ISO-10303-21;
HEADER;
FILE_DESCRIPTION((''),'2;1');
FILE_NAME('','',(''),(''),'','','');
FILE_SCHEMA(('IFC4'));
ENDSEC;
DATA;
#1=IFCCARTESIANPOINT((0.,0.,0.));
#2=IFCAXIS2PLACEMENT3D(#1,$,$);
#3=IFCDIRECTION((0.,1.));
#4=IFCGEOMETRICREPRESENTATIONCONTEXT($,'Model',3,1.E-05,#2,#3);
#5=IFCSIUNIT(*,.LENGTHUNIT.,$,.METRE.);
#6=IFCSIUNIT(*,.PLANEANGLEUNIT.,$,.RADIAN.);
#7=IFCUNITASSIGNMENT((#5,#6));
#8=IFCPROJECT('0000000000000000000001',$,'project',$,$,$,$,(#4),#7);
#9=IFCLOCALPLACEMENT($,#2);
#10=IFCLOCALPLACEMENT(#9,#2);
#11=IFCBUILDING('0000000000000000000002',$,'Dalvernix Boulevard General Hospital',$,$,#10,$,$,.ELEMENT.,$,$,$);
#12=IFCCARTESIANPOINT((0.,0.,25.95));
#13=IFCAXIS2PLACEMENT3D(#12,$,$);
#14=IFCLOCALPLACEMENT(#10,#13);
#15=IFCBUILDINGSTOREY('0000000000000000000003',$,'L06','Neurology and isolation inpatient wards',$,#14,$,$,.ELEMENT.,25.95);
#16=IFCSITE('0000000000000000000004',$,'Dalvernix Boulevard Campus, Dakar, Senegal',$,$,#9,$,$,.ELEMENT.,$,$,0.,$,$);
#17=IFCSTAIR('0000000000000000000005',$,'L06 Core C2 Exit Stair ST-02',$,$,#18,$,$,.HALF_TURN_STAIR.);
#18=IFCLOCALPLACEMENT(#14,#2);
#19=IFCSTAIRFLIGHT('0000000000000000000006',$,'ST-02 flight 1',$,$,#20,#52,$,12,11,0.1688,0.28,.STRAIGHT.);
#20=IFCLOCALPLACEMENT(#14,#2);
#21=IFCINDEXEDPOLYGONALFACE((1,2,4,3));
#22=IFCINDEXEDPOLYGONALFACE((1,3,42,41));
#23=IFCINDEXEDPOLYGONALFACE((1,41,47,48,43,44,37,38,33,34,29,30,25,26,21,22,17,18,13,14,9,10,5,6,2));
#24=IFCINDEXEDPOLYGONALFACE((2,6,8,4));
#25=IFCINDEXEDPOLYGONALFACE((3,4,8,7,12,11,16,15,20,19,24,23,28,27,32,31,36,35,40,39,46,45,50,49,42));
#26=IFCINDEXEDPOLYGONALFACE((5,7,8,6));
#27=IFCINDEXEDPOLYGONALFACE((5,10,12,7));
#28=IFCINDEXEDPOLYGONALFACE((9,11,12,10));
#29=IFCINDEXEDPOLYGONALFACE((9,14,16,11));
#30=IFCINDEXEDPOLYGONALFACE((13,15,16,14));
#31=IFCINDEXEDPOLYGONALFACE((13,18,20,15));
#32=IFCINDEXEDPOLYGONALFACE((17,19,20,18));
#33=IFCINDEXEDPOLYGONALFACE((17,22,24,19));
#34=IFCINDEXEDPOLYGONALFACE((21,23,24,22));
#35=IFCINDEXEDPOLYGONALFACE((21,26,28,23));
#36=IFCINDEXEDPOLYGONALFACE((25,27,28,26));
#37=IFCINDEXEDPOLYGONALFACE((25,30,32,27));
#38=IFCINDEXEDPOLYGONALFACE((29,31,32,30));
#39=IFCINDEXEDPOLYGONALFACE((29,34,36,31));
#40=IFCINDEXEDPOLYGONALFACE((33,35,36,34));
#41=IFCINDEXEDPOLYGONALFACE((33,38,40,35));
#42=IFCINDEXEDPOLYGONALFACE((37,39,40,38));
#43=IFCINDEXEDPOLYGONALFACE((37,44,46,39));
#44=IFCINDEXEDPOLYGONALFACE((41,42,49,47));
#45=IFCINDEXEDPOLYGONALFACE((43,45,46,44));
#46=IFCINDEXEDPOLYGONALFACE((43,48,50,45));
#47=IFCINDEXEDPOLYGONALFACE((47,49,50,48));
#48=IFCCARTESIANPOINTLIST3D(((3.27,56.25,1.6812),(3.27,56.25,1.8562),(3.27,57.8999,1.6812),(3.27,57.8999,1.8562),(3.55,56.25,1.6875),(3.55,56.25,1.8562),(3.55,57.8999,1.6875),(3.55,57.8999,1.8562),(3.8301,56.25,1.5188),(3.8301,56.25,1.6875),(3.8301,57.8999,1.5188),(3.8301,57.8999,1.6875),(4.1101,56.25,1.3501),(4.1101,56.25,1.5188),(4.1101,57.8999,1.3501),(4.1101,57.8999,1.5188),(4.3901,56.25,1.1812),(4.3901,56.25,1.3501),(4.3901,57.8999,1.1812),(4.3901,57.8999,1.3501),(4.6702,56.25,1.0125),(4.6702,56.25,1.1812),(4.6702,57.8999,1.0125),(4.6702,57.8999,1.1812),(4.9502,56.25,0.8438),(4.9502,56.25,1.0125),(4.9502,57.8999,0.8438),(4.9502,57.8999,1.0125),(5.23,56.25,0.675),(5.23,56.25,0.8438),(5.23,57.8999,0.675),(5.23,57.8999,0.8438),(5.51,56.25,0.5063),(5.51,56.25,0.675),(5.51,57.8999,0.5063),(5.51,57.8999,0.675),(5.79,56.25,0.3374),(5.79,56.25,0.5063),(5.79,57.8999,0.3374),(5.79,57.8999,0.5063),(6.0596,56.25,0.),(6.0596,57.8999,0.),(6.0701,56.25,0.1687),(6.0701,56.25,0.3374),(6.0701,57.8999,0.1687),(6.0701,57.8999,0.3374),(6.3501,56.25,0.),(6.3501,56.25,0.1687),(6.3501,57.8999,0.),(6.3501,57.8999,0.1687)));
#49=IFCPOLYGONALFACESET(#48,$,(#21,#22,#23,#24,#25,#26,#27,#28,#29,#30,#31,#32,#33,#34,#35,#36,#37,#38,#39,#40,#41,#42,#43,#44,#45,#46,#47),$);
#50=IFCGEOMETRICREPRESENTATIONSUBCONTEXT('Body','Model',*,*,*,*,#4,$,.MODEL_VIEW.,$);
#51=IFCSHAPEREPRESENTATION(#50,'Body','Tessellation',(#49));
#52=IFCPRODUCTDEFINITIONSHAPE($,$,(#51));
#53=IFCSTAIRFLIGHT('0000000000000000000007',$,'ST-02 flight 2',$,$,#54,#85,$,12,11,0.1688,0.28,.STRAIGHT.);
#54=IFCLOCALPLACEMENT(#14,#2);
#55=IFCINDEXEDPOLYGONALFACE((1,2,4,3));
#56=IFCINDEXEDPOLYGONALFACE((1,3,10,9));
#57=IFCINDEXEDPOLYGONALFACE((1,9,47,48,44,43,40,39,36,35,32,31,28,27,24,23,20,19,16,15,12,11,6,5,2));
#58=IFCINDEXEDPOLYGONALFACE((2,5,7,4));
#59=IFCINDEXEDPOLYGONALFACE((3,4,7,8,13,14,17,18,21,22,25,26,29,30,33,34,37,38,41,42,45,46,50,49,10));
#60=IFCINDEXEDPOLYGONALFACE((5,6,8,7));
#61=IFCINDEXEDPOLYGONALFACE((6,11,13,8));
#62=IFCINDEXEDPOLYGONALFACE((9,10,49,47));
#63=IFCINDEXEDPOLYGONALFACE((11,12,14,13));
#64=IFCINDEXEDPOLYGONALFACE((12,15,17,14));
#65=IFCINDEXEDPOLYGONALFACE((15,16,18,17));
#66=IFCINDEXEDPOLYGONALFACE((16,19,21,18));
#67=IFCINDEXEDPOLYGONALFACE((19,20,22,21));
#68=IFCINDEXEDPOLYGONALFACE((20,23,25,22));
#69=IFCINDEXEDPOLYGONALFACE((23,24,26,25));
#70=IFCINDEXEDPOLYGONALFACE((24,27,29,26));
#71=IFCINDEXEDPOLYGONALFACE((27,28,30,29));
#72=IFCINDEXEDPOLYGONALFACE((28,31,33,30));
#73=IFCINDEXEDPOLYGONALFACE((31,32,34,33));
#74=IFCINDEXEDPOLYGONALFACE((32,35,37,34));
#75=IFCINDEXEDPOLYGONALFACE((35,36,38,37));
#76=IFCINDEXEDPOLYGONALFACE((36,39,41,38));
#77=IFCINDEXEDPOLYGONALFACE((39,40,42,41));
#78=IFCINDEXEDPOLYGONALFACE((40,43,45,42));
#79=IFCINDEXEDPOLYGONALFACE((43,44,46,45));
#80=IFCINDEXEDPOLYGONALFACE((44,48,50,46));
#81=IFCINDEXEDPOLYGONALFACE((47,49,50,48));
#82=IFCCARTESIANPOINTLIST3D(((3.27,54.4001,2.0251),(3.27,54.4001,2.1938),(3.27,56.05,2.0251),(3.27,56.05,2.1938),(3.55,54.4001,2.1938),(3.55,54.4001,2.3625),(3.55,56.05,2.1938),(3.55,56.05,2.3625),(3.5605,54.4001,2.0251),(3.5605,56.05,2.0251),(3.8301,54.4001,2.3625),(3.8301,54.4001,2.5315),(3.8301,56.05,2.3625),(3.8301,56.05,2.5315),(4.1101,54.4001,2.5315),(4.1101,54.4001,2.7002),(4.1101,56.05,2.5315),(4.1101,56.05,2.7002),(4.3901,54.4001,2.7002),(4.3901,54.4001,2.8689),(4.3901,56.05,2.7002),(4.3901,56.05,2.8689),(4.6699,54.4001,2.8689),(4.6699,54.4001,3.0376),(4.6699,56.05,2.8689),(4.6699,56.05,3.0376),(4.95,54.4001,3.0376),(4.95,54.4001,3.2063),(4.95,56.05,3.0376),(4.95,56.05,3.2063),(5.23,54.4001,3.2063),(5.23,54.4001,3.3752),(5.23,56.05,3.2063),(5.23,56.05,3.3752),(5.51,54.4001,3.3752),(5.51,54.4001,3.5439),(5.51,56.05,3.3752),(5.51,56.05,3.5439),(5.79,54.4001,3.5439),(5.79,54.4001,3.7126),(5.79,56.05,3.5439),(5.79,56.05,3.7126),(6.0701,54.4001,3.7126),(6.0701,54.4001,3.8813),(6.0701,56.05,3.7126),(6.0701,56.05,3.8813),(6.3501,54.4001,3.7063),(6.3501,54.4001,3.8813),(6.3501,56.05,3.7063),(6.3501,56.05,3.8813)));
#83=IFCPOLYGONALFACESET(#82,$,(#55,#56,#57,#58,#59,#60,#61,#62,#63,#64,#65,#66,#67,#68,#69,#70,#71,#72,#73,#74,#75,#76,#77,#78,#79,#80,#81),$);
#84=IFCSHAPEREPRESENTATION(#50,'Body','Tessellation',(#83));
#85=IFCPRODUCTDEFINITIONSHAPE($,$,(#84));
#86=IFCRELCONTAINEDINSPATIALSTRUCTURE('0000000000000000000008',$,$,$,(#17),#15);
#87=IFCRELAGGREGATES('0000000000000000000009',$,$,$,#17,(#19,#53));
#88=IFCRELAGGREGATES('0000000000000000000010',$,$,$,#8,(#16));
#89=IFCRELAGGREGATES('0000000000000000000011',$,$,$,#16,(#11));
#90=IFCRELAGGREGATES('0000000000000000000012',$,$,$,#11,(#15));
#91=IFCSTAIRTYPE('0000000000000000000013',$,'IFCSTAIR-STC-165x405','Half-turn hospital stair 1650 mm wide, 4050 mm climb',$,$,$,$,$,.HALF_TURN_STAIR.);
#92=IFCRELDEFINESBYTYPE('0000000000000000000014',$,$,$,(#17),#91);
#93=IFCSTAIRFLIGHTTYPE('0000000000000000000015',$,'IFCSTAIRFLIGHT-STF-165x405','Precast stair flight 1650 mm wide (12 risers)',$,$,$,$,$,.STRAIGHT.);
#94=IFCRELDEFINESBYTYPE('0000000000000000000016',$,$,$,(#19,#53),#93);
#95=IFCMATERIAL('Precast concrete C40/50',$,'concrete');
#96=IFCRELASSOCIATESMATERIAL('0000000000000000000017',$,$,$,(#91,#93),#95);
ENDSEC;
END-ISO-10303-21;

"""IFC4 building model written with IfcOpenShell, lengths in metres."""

from ifc_helpers import new_model, si_unit, direction, frame, origin, place, context, subcontext, project, spatial, polyline, outline, extrude, material, type_object, element, aggregate, save


model = new_model("IFC4")

# Units and contexts
model_context = context("Model", 3, precision=1e-05, world=origin(), true_north=direction((0.0, 1.0)))
body_context = subcontext(model_context, "Body", "Model", "MODEL_VIEW")
ifc_project = project(units=[si_unit("LENGTHUNIT", "METRE"), si_unit("PLANEANGLEUNIT", "RADIAN")], contexts=[model_context])

# Site, building, storey
site_placement = place(None, origin())
site = spatial("IfcSite", under=ifc_project, at=site_placement, Name="Dalvernix Boulevard Campus, Dakar, Senegal", CompositionType="ELEMENT", RefElevation=0.0)
building_placement = place(site_placement, origin())
building = spatial("IfcBuilding", under=site, at=building_placement, Name="Dalvernix Boulevard General Hospital", CompositionType="ELEMENT")
storey_placement = place(building_placement, frame((0.0, 0.0, 25.95)))
storey = spatial("IfcBuildingStorey", under=building, at=storey_placement, Name="L06", Description="Neurology and isolation inpatient wards", CompositionType="ELEMENT", Elevation=25.95)

# Stair, stair flights
ifc_material_1 = material(Name="Precast concrete C40/50", Category="concrete")
stair_type = type_object("IfcStairType", Name="IFCSTAIR-STC-165x405", Description="Half-turn hospital stair 1650 mm wide, 4050 mm climb", PredefinedType="HALF_TURN_STAIR", material=ifc_material_1)
stair_placement = place(storey_placement, origin())
stair = element("IfcStair", 1, at=stair_placement, inside=storey, type_object=stair_type, Name="L06 Core C2 Exit Stair ST-02", PredefinedType="HALF_TURN_STAIR")
stair_flight_type = type_object("IfcStairFlightType", Name="IFCSTAIRFLIGHT-STF-165x405", Description="Precast stair flight 1650 mm wide (12 risers)", PredefinedType="STRAIGHT", material=ifc_material_1)
stair_flight_1_placement = place(storey_placement, frame((6.3501, 57.075, 0.0), z_axis=(0.0, 0.0, 1.0), x_axis=(-1.0, 0.0, 0.0)))
stair_flight_1 = element("IfcStairFlight", 2, at=stair_flight_1_placement, type_object=stair_flight_type, Name="ST-02 flight 1", NumberOfRisers=12, NumberOfTreads=11, PredefinedType="STRAIGHT", RiserHeight=0.1688, TreadLength=0.28, context=body_context, shape_type="SweptSolid", body=[
    extrude(outline(polyline([(0.0, 0.0), (0.0, 0.1687), (0.28, 0.1687), (0.28, 0.3374), (0.5601, 0.3374), (0.5601, 0.5063), (0.8401, 0.5063), (0.8401, 0.675), (1.1201, 0.675), (1.1201, 0.8438), (1.3999, 0.8438), (1.3999, 1.0125), (1.6799, 1.0125), (1.6799, 1.1812), (1.96, 1.1812), (1.96, 1.3501), (2.24, 1.3501), (2.24, 1.5188), (2.52, 1.5188), (2.52, 1.6875), (2.8, 1.6875), (2.8, 1.8562), (3.0801, 1.8562), (3.0801, 2.0249), (3.0801, 1.6812), (0.2905, 0.0), (0.0, 0.0)])), frame((0.0, 0.825, 0.0), z_axis=(0.0, -1.0, 0.0), x_axis=(1.0, 0.0, 0.0)), (0.0, 0.0, 1.0), 1.6499),
])
stair_flight_2_placement = place(storey_placement, frame((3.27, 55.2251, 2.0251), z_axis=(0.0, 0.0, 1.0), x_axis=(1.0, 0.0, 0.0)))
stair_flight_2 = element("IfcStairFlight", 3, at=stair_flight_2_placement, type_object=stair_flight_type, Name="ST-02 flight 2", NumberOfRisers=12, NumberOfTreads=11, PredefinedType="STRAIGHT", RiserHeight=0.1688, TreadLength=0.28, context=body_context, shape_type="SweptSolid", body=[
    extrude(outline(polyline([(0.0, 0.0), (0.0, 0.1687), (0.28, 0.1687), (0.28, 0.3374), (0.5601, 0.3374), (0.5601, 0.5063), (0.8401, 0.5063), (0.8401, 0.675), (1.1201, 0.675), (1.1201, 0.8438), (1.3999, 0.8438), (1.3999, 1.0125), (1.6799, 1.0125), (1.6799, 1.1812), (1.96, 1.1812), (1.96, 1.3501), (2.24, 1.3501), (2.24, 1.5188), (2.52, 1.5188), (2.52, 1.6875), (2.8, 1.6875), (2.8, 1.8562), (3.0801, 1.8562), (3.0801, 2.0249), (3.0801, 1.6812), (0.2905, 0.0), (0.0, 0.0)])), frame((0.0, 0.825, 0.0), z_axis=(0.0, -1.0, 0.0), x_axis=(1.0, 0.0, 0.0)), (0.0, 0.0, 1.0), 1.6499),
])
aggregate(stair, [stair_flight_1, stair_flight_2])

save(model, "model.ifc")
